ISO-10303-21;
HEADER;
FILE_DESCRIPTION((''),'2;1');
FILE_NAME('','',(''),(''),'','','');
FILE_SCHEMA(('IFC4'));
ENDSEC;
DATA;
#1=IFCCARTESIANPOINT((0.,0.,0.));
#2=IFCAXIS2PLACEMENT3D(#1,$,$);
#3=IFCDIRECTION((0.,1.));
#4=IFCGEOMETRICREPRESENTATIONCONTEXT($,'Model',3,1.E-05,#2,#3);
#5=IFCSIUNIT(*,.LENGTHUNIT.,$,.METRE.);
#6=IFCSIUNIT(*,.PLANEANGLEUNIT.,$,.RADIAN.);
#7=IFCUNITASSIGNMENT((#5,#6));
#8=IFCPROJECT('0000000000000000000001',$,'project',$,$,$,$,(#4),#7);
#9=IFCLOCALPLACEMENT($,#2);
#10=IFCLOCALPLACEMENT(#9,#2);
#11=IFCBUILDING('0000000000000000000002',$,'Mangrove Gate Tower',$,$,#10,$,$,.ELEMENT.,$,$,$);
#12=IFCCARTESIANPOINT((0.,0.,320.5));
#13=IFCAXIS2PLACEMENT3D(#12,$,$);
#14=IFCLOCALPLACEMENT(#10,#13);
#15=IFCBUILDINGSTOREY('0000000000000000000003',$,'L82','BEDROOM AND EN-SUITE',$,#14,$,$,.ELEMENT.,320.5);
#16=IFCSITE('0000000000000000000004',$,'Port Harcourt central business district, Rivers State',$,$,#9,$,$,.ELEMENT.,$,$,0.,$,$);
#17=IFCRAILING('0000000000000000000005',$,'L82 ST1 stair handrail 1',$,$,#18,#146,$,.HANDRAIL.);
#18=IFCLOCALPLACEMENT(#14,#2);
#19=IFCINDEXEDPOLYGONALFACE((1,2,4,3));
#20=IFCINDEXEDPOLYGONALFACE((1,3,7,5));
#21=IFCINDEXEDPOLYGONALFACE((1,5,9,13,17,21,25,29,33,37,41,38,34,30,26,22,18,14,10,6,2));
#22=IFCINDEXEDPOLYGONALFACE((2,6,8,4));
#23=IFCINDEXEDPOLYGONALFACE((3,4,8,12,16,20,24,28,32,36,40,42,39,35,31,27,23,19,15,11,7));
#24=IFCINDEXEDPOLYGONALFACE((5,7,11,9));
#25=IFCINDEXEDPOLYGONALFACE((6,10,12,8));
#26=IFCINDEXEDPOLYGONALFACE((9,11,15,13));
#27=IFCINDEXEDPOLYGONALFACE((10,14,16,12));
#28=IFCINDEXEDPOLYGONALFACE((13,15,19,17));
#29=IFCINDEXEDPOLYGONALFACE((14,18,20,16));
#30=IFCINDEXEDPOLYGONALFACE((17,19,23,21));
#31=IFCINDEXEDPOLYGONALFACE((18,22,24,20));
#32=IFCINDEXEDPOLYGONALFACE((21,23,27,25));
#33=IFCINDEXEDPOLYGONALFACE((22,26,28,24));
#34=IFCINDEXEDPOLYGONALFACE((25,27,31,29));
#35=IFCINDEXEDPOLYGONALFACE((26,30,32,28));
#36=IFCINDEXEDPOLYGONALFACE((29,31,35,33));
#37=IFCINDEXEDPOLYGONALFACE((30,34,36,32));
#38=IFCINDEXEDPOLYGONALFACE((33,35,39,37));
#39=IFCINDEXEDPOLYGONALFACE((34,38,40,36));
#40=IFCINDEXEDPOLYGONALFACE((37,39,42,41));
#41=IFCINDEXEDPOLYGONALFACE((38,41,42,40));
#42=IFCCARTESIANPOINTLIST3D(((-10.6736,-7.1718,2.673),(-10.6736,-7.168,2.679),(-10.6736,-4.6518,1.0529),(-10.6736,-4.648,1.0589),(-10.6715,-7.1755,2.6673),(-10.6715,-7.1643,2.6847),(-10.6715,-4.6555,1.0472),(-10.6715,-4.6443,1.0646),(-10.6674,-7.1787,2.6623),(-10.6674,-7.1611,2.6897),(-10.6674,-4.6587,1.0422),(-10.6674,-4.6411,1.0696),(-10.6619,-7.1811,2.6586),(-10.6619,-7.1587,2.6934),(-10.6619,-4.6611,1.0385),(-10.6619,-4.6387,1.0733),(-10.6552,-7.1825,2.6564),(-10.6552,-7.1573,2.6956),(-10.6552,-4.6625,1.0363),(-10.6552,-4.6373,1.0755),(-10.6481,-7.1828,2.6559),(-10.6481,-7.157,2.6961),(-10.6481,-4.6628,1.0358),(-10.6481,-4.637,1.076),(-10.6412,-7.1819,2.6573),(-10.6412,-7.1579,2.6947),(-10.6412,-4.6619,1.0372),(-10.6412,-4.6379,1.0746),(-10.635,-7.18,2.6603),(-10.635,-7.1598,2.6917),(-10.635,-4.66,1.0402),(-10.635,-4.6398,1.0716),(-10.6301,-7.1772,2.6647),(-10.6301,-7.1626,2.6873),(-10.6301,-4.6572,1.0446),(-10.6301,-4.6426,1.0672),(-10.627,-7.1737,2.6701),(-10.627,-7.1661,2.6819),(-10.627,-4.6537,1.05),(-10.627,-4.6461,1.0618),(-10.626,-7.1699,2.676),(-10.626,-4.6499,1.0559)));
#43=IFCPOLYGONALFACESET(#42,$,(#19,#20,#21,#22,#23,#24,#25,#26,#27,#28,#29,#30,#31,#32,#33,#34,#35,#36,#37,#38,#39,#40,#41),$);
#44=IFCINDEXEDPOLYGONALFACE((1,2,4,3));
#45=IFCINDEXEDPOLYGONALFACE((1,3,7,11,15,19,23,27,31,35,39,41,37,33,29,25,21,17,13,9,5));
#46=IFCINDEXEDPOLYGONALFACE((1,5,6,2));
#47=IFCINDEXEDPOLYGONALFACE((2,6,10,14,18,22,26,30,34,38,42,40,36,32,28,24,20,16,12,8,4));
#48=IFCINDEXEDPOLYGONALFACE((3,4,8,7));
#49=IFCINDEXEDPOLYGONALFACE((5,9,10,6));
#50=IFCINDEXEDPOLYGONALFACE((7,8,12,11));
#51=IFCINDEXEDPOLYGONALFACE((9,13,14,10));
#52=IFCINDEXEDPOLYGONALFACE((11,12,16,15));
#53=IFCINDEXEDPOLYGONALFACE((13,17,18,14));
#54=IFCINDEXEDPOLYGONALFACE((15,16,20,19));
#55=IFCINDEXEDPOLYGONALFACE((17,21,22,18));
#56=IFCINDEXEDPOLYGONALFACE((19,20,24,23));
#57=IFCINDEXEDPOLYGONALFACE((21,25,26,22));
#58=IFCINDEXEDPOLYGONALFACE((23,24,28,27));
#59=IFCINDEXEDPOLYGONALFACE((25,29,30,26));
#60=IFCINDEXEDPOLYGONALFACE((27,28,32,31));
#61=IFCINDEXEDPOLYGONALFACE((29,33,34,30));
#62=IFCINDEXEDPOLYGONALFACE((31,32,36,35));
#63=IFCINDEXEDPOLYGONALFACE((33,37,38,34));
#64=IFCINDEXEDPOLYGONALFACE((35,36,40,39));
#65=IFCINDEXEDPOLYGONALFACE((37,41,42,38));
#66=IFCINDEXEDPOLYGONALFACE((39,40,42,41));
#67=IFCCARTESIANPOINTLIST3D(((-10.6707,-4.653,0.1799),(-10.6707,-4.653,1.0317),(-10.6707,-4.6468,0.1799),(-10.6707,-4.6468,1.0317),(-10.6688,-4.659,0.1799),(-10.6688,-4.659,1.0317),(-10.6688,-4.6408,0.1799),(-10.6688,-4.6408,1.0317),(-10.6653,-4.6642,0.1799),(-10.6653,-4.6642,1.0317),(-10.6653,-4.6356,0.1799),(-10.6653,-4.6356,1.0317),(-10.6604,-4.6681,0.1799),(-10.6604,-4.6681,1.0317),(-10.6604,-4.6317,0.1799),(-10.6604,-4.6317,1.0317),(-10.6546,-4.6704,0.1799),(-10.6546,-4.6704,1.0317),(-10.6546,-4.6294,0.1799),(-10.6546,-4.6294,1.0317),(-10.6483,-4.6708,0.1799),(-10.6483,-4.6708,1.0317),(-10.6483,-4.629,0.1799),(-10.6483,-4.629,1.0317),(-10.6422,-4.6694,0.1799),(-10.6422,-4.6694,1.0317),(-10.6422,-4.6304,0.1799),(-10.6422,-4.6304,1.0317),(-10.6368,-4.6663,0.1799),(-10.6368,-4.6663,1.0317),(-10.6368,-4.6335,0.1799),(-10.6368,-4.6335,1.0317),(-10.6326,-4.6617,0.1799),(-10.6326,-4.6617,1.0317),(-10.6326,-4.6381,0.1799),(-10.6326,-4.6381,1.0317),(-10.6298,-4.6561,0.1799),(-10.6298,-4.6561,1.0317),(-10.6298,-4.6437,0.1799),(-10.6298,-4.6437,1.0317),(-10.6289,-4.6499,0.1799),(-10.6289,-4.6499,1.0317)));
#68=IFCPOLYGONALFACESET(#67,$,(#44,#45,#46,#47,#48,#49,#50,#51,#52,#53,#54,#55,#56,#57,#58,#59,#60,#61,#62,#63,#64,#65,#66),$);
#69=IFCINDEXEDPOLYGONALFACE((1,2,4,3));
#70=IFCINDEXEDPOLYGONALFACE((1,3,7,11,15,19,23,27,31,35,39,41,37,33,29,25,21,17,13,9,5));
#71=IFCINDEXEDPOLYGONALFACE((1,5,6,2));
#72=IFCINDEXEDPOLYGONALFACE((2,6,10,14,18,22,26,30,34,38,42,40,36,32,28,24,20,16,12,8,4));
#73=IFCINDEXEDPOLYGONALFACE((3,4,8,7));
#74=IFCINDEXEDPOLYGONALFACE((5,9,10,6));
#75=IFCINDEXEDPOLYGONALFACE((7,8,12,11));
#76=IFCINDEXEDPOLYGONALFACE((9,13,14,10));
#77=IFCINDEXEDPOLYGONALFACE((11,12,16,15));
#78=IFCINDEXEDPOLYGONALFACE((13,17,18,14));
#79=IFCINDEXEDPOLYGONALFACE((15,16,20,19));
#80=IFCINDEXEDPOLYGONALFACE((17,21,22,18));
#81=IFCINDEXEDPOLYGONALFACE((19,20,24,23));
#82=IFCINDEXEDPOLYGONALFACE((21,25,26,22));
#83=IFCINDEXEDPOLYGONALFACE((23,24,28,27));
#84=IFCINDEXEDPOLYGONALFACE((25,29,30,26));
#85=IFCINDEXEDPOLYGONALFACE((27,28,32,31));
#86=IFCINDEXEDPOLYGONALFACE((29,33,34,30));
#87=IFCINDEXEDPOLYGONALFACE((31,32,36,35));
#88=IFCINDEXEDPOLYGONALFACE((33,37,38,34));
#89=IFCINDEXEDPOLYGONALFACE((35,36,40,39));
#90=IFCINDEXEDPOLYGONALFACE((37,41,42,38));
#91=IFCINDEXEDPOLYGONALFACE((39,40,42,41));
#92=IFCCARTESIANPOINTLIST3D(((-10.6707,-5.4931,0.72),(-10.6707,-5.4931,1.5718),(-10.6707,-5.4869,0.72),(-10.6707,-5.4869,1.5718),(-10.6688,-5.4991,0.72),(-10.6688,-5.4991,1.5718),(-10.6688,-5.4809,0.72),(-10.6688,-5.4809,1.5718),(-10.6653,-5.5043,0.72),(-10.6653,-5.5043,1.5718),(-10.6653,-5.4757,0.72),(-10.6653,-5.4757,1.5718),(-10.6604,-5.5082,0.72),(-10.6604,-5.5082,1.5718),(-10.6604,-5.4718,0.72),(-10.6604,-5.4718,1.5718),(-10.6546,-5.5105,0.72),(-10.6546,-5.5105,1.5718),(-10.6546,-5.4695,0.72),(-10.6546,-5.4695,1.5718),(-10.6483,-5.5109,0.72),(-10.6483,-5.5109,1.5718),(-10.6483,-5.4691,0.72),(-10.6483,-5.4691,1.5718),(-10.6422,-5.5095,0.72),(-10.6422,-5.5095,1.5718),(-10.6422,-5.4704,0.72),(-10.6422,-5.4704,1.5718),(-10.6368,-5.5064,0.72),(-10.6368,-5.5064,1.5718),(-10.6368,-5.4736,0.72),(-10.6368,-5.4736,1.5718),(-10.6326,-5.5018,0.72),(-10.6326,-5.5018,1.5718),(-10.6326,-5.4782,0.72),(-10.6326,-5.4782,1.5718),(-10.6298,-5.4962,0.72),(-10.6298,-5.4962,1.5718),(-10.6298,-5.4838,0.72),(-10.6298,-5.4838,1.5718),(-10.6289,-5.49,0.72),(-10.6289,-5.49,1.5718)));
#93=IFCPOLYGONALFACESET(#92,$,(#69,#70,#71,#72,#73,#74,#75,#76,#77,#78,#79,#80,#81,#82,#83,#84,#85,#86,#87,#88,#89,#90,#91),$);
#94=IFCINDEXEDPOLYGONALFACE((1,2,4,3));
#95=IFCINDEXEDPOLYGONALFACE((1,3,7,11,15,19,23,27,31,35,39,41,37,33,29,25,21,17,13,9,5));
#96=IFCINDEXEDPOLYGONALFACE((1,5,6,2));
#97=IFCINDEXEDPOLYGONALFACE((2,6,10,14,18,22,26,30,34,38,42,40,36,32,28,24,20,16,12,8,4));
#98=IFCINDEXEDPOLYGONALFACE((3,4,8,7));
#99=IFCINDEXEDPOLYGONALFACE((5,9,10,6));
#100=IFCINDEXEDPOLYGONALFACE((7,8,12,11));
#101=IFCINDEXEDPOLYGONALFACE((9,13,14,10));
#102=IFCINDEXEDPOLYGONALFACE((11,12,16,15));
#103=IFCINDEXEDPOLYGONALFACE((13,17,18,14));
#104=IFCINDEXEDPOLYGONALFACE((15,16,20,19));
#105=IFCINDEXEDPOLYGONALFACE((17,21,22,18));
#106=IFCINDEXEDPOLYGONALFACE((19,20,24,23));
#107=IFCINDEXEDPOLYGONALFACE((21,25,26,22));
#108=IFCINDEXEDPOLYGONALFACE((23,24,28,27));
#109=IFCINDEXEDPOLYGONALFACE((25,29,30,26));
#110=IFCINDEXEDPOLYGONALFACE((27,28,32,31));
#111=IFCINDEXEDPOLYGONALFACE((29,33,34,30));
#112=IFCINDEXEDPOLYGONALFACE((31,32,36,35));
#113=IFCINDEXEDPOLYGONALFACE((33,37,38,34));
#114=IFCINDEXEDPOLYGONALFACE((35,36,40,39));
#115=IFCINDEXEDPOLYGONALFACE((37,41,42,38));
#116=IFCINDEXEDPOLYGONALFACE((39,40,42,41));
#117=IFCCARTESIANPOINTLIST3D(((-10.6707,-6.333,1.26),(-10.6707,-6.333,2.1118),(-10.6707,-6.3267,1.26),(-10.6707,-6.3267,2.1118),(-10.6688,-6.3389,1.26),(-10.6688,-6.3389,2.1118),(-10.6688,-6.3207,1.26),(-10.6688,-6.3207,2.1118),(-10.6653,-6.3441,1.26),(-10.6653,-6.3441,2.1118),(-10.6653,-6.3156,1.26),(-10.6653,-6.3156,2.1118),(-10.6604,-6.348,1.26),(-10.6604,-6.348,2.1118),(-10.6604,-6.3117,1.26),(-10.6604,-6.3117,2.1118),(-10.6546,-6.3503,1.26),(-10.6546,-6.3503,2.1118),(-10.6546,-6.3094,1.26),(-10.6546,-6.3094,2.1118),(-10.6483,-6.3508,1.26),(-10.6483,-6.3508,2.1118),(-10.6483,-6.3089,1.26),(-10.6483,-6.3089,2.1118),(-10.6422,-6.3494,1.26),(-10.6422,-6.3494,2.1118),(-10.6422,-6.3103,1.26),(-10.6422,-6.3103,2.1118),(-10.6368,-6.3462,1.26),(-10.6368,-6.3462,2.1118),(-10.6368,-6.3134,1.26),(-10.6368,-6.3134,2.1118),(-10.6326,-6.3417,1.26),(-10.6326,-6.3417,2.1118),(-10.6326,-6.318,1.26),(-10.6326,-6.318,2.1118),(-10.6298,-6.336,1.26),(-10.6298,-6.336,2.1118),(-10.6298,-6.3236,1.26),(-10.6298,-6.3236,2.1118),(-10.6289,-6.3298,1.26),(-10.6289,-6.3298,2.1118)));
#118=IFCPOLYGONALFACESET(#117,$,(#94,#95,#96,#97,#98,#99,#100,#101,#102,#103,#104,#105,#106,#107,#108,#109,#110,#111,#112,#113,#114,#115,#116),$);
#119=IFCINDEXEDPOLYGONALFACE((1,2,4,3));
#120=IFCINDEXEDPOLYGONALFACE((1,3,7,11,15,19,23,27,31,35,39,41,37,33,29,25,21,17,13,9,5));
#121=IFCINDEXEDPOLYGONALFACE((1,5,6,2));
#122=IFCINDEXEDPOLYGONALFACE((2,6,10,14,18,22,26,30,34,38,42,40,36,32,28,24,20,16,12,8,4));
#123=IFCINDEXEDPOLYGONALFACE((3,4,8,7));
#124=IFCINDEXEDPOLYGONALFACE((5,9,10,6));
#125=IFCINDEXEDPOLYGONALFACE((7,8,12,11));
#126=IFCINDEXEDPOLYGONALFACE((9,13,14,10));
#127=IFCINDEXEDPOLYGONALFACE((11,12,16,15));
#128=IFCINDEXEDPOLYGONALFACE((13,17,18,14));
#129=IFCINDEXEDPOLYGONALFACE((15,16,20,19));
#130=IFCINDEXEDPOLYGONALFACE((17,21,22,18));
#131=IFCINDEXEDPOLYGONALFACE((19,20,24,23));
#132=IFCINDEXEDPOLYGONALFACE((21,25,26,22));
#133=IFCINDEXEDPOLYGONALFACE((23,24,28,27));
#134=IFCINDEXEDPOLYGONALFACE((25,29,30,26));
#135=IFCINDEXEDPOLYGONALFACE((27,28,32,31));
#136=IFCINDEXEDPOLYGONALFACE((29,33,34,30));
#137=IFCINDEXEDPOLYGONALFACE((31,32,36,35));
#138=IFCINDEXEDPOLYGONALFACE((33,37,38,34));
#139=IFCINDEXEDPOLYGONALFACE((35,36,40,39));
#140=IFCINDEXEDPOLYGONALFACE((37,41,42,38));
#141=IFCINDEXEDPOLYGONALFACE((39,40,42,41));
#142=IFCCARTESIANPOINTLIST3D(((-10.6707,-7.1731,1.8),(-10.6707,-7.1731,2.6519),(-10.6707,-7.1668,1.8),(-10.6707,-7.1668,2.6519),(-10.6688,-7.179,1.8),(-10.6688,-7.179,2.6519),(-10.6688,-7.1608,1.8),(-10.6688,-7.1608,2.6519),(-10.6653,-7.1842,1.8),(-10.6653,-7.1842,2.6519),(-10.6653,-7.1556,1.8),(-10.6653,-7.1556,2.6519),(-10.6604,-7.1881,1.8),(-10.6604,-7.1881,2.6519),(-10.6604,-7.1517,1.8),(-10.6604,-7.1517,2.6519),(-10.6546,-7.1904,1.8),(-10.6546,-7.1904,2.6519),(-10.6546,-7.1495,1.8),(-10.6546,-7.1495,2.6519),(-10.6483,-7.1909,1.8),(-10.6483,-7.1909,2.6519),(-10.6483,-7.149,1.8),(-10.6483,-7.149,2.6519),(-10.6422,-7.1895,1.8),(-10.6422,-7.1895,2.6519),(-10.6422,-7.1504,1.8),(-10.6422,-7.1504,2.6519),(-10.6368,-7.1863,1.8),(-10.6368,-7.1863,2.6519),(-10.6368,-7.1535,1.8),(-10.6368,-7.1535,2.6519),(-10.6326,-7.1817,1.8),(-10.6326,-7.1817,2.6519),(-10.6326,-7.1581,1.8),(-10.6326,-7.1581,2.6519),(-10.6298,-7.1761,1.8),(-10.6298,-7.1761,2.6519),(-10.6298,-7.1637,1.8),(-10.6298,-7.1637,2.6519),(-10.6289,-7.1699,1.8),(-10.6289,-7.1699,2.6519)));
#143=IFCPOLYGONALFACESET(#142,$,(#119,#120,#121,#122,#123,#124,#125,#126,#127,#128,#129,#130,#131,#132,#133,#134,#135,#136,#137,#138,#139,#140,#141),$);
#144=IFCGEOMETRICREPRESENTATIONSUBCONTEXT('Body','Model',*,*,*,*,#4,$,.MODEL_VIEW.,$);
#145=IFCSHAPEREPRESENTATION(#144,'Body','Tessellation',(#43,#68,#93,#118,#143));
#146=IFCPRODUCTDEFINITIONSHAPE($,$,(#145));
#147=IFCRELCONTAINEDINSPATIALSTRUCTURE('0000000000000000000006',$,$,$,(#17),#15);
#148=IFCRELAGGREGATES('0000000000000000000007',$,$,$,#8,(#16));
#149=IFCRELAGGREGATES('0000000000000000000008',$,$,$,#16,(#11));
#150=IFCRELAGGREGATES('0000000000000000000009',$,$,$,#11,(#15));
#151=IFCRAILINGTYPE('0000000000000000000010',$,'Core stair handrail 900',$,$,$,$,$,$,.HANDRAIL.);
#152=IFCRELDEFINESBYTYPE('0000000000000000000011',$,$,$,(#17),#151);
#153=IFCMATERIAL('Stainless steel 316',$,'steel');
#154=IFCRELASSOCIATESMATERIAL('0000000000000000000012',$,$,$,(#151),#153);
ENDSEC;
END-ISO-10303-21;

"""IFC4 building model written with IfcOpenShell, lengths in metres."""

from ifc_helpers import new_model, si_unit, direction, frame, origin, origin_2d, place, context, subcontext, project, spatial, circle, extrude, material, type_object, element, save


model = new_model("IFC4")

# Units and contexts
model_context = context("Model", 3, precision=1e-05, world=origin(), true_north=direction((0.0, 1.0)))
body_context = subcontext(model_context, "Body", "Model", "MODEL_VIEW")
ifc_project = project(units=[si_unit("LENGTHUNIT", "METRE"), si_unit("PLANEANGLEUNIT", "RADIAN")], contexts=[model_context])

# Site, building, storey
site_placement = place(None, origin())
site = spatial("IfcSite", under=ifc_project, at=site_placement, Name="Port Harcourt central business district, Rivers State", CompositionType="ELEMENT", RefElevation=0.0)
building_placement = place(site_placement, origin())
building = spatial("IfcBuilding", under=site, at=building_placement, Name="Mangrove Gate Tower", CompositionType="ELEMENT")
storey_placement = place(building_placement, frame((0.0, 0.0, 320.5)))
storey = spatial("IfcBuildingStorey", under=building, at=storey_placement, Name="L82", Description="BEDROOM AND EN-SUITE", CompositionType="ELEMENT", Elevation=320.5)

# Railing
ifc_material_1 = material(Name="Stainless steel 316", Category="steel")
railing_type_1 = type_object("IfcRailingType", Name="Core stair handrail 900", PredefinedType="HANDRAIL", material=ifc_material_1)
railing_1_placement = place(storey_placement, frame((-10.6499, -4.6499, 0.1799)))
element("IfcRailing", 1, at=railing_1_placement, inside=storey, type_object=railing_type_1, Name="L82 ST1 stair handrail 1", PredefinedType="HANDRAIL", context=body_context, shape_type="SweptSolid", body=[
    extrude(circle(Radius=0.0239, at=origin_2d()), frame((0.0, 0.0, 0.876), z_axis=(0.0, -0.841163, 0.540782), x_axis=(1.0, 0.0, 0.0)), (0.0, 0.0, 1.0), 2.9958),
    extrude(circle(Radius=0.021, at=origin_2d()), origin(), (0.0, 0.0, 1.0), 0.8518),
    extrude(circle(Radius=0.021, at=origin_2d()), frame((0.0, -0.8401, 0.54)), (0.0, 0.0, 1.0), 0.8518),
    extrude(circle(Radius=0.021, at=origin_2d()), frame((0.0, -1.6799, 1.0801)), (0.0, 0.0, 1.0), 0.8518),
    extrude(circle(Radius=0.021, at=origin_2d()), frame((0.0, -2.52, 1.6201)), (0.0, 0.0, 1.0), 0.8518),
])

save(model, "model.ifc")
